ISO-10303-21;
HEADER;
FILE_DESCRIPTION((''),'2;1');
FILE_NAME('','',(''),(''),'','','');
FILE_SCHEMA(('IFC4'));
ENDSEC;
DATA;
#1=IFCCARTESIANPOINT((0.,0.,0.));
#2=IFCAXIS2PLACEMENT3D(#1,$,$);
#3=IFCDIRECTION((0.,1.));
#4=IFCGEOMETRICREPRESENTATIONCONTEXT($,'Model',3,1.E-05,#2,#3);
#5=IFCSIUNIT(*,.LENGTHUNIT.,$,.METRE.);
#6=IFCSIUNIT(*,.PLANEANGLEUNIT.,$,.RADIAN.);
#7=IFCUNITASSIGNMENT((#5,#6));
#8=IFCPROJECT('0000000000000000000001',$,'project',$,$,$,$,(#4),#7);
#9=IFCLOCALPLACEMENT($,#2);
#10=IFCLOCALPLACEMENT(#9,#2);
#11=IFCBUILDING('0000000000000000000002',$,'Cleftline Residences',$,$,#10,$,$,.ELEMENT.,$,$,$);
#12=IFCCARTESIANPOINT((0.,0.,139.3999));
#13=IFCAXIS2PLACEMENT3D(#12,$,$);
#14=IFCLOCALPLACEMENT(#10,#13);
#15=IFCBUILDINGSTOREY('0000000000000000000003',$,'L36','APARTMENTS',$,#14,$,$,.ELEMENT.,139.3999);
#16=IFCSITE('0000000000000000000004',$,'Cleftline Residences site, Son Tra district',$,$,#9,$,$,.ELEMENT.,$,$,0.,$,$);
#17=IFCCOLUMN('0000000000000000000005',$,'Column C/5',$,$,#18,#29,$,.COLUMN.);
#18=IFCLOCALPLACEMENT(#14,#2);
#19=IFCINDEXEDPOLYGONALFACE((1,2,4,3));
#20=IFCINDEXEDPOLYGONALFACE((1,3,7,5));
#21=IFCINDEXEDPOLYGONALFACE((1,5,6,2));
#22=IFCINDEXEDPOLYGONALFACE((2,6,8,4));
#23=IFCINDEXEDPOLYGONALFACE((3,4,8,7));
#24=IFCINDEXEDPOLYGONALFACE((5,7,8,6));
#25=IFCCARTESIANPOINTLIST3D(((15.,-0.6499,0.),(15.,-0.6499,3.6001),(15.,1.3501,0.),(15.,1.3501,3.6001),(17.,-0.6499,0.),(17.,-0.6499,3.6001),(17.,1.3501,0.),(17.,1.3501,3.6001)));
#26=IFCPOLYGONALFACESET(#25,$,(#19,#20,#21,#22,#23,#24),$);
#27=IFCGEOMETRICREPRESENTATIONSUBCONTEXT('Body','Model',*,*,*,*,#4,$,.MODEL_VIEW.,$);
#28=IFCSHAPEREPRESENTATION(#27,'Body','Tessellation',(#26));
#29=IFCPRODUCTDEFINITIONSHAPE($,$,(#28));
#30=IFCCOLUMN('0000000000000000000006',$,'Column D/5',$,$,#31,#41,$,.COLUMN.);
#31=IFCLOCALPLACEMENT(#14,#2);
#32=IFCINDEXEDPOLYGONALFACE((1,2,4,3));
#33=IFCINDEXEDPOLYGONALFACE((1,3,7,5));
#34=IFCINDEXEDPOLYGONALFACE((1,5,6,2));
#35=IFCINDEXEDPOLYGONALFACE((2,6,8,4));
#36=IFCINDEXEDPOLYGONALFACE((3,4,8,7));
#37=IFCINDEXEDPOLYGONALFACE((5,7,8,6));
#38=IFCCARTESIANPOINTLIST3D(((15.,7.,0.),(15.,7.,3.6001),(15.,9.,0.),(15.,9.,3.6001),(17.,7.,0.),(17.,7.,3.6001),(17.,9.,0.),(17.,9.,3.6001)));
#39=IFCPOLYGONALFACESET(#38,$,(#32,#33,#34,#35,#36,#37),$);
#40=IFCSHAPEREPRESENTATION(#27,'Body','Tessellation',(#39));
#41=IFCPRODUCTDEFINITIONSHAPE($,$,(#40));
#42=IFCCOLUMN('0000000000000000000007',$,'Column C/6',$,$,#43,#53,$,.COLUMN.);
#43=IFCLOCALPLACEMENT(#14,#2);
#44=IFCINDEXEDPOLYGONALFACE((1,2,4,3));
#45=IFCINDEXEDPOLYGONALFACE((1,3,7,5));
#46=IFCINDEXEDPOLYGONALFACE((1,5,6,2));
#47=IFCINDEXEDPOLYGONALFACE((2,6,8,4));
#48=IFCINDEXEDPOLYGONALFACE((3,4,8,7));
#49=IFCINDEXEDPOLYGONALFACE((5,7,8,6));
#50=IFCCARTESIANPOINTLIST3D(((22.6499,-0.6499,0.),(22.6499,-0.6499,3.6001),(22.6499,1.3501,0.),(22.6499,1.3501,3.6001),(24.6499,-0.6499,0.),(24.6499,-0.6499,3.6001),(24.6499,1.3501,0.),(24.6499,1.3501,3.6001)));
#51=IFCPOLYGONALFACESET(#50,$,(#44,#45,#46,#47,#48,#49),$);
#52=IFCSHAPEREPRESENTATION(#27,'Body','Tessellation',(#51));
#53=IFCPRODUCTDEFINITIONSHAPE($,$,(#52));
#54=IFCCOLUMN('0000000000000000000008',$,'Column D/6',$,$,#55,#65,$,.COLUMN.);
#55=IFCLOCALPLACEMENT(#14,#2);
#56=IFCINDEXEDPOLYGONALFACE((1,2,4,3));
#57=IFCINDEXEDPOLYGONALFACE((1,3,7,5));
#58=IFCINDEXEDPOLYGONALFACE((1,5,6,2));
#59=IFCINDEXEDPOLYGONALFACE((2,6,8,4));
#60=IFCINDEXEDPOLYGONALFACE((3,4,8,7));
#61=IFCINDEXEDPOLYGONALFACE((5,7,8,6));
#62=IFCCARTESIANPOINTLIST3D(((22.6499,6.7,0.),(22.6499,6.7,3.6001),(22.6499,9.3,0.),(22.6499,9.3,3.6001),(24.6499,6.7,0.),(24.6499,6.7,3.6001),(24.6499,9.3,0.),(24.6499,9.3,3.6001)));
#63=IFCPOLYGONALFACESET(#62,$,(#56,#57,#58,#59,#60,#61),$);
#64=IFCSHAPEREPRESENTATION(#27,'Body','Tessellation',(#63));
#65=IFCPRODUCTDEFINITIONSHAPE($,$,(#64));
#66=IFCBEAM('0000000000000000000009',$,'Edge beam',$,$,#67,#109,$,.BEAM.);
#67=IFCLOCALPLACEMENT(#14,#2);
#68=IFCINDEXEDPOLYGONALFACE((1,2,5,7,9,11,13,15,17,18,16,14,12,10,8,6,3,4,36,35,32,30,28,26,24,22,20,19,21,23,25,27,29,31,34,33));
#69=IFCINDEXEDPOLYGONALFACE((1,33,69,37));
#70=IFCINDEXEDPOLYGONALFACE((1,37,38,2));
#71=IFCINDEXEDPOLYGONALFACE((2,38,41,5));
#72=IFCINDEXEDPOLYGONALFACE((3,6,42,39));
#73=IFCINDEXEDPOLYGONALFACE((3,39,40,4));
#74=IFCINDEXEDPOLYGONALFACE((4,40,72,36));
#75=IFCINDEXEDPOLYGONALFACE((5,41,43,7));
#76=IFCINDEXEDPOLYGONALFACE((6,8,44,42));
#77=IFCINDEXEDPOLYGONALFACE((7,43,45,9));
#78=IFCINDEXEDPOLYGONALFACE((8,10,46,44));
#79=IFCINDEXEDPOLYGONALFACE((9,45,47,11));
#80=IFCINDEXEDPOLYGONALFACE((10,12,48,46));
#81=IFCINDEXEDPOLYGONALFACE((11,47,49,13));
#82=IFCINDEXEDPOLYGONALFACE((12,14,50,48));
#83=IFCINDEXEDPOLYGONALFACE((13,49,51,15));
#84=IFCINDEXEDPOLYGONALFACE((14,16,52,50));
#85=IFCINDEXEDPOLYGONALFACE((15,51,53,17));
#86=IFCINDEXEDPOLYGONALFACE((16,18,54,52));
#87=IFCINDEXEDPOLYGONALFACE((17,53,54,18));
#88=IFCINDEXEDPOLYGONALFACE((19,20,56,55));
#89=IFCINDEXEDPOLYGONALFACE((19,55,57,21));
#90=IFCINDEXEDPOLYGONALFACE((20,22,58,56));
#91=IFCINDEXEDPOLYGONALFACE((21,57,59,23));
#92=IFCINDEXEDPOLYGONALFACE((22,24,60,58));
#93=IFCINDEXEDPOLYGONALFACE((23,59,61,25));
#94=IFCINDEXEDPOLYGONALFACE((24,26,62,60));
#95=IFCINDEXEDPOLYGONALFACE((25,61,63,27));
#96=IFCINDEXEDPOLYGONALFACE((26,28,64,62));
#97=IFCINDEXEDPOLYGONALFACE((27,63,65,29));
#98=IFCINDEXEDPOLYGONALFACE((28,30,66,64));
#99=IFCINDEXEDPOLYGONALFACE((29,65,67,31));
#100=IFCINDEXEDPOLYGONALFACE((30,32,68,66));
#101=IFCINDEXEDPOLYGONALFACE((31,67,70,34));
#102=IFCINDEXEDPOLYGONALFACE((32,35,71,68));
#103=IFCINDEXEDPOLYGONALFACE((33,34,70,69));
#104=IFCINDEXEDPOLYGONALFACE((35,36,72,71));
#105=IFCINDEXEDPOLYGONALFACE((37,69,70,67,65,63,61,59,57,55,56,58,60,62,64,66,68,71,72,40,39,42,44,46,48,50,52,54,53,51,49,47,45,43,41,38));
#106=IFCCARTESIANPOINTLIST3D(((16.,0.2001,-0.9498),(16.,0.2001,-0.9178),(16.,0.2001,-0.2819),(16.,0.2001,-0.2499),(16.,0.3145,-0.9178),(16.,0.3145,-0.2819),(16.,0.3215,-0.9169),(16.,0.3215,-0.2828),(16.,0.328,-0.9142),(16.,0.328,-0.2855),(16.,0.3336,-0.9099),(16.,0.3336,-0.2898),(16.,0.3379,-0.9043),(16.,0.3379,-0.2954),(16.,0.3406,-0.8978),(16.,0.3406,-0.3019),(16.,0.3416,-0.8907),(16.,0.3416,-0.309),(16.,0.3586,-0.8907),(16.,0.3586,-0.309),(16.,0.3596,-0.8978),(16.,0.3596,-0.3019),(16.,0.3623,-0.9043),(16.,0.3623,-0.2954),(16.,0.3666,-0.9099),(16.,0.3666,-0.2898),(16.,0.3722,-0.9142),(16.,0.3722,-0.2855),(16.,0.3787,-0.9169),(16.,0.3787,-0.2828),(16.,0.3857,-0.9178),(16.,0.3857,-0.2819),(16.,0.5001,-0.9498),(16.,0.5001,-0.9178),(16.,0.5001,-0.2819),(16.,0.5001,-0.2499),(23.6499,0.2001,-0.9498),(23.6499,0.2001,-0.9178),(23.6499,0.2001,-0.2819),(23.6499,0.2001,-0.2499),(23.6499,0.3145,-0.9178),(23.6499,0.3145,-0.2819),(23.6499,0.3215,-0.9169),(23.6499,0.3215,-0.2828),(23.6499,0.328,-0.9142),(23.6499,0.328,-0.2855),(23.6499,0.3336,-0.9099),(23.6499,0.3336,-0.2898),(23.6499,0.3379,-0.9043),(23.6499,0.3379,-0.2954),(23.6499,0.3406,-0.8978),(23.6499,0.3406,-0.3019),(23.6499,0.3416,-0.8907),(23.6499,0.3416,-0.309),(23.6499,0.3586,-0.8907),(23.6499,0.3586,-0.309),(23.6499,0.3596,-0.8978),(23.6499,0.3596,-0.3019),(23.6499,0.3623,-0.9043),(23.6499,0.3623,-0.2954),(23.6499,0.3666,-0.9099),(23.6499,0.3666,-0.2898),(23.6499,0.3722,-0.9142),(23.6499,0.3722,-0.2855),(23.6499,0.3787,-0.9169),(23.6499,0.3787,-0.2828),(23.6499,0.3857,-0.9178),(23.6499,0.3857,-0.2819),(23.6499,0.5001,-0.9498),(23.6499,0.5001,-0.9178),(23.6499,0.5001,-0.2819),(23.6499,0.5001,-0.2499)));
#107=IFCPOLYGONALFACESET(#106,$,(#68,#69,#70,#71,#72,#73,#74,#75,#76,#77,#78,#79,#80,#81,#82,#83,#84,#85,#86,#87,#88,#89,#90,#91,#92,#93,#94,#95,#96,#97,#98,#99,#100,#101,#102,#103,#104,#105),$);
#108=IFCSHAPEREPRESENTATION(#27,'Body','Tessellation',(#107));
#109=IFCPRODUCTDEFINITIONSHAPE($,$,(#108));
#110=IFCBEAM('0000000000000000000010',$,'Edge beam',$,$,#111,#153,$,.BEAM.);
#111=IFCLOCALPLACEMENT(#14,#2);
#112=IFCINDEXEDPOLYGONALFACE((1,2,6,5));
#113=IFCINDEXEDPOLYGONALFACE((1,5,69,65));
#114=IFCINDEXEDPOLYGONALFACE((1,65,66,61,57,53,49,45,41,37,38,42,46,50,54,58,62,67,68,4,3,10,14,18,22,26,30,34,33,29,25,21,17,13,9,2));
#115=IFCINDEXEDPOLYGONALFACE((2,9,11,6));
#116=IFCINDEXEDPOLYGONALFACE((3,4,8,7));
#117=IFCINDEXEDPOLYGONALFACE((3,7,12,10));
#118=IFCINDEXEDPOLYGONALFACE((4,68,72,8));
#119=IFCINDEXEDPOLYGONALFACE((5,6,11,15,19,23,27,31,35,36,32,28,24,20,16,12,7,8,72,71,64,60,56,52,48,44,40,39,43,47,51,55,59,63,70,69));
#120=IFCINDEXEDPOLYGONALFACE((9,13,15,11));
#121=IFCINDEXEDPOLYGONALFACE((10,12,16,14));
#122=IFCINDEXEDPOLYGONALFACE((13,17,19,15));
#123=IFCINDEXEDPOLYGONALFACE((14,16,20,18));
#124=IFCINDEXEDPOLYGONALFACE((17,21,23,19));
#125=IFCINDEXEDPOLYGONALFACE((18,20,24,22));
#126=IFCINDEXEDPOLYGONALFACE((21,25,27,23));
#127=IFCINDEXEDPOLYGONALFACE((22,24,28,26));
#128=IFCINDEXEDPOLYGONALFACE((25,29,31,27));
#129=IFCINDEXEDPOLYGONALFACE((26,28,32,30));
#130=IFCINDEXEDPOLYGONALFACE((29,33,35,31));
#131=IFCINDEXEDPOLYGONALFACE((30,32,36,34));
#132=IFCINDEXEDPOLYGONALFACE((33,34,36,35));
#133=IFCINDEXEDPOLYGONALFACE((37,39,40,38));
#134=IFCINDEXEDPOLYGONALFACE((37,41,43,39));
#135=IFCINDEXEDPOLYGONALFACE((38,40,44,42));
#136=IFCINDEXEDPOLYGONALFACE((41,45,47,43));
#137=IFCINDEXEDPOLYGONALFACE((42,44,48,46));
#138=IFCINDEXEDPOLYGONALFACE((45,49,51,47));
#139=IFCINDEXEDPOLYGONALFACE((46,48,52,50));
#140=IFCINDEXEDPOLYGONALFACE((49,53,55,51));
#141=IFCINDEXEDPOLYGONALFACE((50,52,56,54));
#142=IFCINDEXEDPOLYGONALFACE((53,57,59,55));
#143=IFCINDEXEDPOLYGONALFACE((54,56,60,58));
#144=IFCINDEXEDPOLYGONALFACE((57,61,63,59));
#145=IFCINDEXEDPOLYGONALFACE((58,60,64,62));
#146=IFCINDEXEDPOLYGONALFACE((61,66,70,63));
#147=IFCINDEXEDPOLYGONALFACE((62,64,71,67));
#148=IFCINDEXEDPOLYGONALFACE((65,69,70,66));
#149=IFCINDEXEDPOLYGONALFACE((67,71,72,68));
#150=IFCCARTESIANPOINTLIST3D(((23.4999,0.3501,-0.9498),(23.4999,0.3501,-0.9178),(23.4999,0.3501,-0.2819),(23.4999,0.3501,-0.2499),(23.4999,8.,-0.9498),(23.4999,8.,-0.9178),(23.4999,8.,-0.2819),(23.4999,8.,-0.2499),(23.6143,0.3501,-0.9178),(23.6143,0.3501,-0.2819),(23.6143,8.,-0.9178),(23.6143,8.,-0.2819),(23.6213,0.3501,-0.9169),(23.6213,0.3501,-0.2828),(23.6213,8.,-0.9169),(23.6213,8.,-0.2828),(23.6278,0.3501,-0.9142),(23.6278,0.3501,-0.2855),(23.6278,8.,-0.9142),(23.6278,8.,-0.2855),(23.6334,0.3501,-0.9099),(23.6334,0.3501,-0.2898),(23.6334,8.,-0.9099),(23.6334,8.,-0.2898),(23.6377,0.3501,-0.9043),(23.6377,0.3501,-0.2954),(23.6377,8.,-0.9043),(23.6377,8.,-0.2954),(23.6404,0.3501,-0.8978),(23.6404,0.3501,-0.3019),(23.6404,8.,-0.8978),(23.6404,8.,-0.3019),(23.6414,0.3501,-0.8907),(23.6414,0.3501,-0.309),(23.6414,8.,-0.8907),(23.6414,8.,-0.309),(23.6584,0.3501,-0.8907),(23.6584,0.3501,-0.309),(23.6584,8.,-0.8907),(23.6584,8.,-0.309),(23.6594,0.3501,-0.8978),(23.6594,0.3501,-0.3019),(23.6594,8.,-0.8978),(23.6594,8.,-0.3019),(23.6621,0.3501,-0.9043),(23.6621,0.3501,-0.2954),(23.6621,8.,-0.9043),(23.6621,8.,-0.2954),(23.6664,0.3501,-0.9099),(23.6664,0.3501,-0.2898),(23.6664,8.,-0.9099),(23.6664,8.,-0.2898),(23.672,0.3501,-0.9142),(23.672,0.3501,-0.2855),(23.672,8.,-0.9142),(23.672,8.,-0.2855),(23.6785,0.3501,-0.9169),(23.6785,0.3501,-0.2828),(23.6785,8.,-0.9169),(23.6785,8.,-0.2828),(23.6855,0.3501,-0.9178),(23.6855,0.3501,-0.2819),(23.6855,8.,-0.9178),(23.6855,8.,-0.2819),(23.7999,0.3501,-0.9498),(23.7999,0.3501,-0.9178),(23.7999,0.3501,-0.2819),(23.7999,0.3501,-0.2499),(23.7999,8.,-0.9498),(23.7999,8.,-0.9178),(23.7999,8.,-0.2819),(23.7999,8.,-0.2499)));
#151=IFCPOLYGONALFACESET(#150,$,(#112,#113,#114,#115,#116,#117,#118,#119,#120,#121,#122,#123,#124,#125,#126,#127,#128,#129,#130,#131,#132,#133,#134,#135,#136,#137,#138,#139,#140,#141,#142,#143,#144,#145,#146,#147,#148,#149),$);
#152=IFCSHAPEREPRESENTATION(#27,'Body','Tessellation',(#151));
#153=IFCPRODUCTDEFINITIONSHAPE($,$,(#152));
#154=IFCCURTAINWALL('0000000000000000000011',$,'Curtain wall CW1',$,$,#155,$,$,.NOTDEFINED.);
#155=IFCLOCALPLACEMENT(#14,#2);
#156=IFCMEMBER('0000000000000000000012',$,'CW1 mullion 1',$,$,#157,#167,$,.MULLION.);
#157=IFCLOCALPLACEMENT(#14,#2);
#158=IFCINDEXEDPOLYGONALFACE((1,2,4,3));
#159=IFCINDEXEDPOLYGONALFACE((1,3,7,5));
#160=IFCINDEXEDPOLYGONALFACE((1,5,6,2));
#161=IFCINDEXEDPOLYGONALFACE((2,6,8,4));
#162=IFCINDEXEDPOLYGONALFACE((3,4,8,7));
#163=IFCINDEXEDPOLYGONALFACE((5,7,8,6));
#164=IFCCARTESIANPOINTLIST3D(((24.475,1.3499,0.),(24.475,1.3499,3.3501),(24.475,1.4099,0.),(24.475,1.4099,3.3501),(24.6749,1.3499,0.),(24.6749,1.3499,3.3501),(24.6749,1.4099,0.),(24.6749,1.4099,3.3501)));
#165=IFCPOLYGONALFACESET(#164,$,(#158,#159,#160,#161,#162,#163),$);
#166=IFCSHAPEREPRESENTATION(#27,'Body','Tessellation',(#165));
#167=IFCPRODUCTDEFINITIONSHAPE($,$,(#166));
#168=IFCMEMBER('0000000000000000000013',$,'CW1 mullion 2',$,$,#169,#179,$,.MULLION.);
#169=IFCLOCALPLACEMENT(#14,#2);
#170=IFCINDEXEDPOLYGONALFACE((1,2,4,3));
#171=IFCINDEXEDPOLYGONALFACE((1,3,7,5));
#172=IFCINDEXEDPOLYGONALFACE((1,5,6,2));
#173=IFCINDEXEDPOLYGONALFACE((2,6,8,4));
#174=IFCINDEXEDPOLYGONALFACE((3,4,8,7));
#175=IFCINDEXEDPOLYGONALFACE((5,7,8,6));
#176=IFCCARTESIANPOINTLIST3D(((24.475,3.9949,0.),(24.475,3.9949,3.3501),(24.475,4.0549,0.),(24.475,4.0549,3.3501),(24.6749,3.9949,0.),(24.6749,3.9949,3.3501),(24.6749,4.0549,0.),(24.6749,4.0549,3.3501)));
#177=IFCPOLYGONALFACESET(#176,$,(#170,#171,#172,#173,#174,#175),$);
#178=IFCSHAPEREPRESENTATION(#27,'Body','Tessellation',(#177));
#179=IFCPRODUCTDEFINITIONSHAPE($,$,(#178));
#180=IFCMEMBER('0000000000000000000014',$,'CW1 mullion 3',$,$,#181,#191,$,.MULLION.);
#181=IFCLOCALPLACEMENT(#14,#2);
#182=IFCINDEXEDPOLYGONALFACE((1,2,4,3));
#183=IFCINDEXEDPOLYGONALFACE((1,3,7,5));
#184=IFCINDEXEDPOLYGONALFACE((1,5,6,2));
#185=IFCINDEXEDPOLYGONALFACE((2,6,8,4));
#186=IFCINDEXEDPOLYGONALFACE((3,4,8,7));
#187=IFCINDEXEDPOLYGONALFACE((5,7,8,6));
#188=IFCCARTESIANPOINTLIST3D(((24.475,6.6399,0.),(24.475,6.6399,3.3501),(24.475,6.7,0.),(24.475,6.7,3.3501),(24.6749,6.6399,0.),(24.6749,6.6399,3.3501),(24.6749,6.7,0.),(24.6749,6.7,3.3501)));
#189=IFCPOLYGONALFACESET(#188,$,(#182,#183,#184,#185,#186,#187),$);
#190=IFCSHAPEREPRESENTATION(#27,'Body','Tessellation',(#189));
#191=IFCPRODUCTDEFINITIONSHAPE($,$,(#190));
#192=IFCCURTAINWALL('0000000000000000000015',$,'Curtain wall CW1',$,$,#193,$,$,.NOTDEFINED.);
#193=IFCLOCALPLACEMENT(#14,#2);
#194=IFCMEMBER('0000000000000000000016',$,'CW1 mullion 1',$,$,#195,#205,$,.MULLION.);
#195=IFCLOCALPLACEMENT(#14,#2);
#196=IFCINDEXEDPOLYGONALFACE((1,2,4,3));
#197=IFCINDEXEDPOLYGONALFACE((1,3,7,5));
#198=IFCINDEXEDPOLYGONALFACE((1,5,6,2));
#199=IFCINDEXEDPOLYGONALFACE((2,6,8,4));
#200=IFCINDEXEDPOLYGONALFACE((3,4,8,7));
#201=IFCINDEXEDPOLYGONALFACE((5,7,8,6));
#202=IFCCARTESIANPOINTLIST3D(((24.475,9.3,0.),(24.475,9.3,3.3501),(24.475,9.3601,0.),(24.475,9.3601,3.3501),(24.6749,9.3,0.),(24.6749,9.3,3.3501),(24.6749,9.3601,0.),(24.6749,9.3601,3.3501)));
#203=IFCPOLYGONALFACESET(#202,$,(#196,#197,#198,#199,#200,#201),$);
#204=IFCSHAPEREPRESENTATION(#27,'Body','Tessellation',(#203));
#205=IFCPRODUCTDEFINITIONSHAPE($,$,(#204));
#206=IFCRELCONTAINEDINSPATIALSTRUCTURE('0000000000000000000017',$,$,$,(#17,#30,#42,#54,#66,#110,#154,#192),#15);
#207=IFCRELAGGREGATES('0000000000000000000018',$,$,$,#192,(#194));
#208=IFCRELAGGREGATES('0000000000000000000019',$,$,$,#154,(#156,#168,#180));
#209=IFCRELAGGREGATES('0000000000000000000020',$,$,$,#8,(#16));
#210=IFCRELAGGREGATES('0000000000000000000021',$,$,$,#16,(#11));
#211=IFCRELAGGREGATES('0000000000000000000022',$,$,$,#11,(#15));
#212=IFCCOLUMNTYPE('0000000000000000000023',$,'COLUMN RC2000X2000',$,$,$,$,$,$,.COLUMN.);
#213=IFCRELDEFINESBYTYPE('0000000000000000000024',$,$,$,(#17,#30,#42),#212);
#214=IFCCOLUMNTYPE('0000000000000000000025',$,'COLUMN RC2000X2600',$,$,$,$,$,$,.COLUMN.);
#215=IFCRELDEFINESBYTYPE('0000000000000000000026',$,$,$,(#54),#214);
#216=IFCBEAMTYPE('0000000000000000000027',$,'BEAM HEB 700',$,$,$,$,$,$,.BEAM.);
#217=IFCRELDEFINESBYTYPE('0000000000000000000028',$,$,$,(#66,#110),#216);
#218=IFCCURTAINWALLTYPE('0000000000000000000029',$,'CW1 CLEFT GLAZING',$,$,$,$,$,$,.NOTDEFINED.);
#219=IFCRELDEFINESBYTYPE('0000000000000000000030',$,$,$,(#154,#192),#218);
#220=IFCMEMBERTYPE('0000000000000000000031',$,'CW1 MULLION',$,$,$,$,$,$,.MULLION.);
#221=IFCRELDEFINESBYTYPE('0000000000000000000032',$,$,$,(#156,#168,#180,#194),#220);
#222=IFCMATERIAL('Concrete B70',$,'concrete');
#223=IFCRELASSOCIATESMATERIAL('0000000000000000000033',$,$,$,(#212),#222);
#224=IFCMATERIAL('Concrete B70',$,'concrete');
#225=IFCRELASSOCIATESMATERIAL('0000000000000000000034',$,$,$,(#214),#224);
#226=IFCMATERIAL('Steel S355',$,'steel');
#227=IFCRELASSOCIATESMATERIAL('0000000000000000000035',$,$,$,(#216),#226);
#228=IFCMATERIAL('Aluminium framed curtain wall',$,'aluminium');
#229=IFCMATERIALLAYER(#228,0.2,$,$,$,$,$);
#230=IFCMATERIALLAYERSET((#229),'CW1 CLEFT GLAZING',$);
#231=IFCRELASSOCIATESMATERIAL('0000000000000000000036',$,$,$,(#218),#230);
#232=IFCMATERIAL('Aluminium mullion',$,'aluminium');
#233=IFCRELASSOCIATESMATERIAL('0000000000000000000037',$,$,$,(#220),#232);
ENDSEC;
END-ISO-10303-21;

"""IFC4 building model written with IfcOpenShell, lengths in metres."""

from ifc_helpers import new_model, si_unit, direction, frame, origin, origin_2d, place, context, subcontext, project, spatial, rectangle, i_section, extrude, material, layer, layer_set, material_profile, profile_set, type_object, element, aggregate, save


model = new_model("IFC4")

# Units and contexts
model_context = context("Model", 3, precision=1e-05, world=origin(), true_north=direction((0.0, 1.0)))
body_context = subcontext(model_context, "Body", "Model", "MODEL_VIEW")
ifc_project = project(units=[si_unit("LENGTHUNIT", "METRE"), si_unit("PLANEANGLEUNIT", "RADIAN")], contexts=[model_context])

# Site, building, storey
site_placement = place(None, origin())
site = spatial("IfcSite", under=ifc_project, at=site_placement, Name="Cleftline Residences site, Son Tra district", CompositionType="ELEMENT", RefElevation=0.0)
building_placement = place(site_placement, origin())
building = spatial("IfcBuilding", under=site, at=building_placement, Name="Cleftline Residences", CompositionType="ELEMENT")
storey_placement = place(building_placement, frame((0.0, 0.0, 139.3999)))
storey = spatial("IfcBuildingStorey", under=building, at=storey_placement, Name="L36", Description="APARTMENTS", CompositionType="ELEMENT", Elevation=139.3999)

# Columns
ifc_material_1 = material(Name="Concrete B70", Category="concrete")
ifc_material_profile_1 = material_profile(ifc_material_1, rectangle(XDim=2.0, YDim=2.0, at=origin_2d()))
ifc_profile_set_1 = profile_set([ifc_material_profile_1], Name="Concrete B70")
column_type_1 = type_object("IfcColumnType", Name="COLUMN RC2000X2000", PredefinedType="COLUMN", material=ifc_profile_set_1)
for number, where, z_axis, x_axis, name in (
    (1, (16.0, 0.3501, 0.0), (0.0, 0.0, 1.0), (1.0, 0.0, 0.0), "Column C/5"),
    (2, (16.0, 8.0, 0.0), (0.0, 0.0, 1.0), (1.0, 0.0, 0.0), "Column D/5"),
    (3, (23.6499, 0.3501, 0.0), (0.0, 0.0, 1.0), (1.0, 0.0, 0.0), "Column C/6"),
):
    element("IfcColumn", number, at=place(storey_placement, frame(where, z_axis=z_axis, x_axis=x_axis)), inside=storey, type_object=column_type_1, Name=name, PredefinedType="COLUMN", context=body_context, shape_type="SweptSolid", body=[
        extrude(rectangle(XDim=2.0, YDim=2.0, at=origin_2d()), origin(), (0.0, 0.0, 1.0), 3.6001),
    ])
ifc_material_2 = material(Name="Concrete B70", Category="concrete")
ifc_material_profile_2 = material_profile(ifc_material_2, rectangle(XDim=2.0, YDim=2.6001, at=origin_2d()))
ifc_profile_set_2 = profile_set([ifc_material_profile_2], Name="Concrete B70")
column_type_2 = type_object("IfcColumnType", Name="COLUMN RC2000X2600", PredefinedType="COLUMN", material=ifc_profile_set_2)
column_placement = place(storey_placement, frame((23.6499, 8.0, 0.0), z_axis=(0.0, 0.0, 1.0), x_axis=(1.0, 0.0, 0.0)))
element("IfcColumn", 4, at=column_placement, inside=storey, type_object=column_type_2, Name="Column D/6", PredefinedType="COLUMN", context=body_context, shape_type="SweptSolid", body=[
    extrude(rectangle(XDim=2.0, YDim=2.6001, at=origin_2d()), origin(), (0.0, 0.0, 1.0), 3.6001),
])

# Beams
ifc_material_3 = material(Name="Steel S355", Category="steel")
ifc_material_profile_3 = material_profile(ifc_material_3, i_section(OverallWidth=0.3, OverallDepth=0.7, WebThickness=0.0171, FlangeThickness=0.032, FilletRadius=0.0271, at=origin_2d()))
ifc_profile_set_3 = profile_set([ifc_material_profile_3], Name="Steel S355")
beam_type = type_object("IfcBeamType", Name="BEAM HEB 700", PredefinedType="BEAM", material=ifc_profile_set_3)
for number, where, z_axis, x_axis, name in (
    (5, (16.0, 0.3501, -0.5999), (1.0, 0.0, 0.0), (0.0, 1.0, 0.0), "Edge beam"),
    (6, (23.6499, 0.3501, -0.5999), (0.0, 1.0, 0.0), (-1.0, 0.0, 0.0), "Edge beam"),
):
    element("IfcBeam", number, at=place(storey_placement, frame(where, z_axis=z_axis, x_axis=x_axis)), inside=storey, type_object=beam_type, Name=name, PredefinedType="BEAM", context=body_context, shape_type="SweptSolid", body=[
        extrude(i_section(OverallWidth=0.3, OverallDepth=0.7, WebThickness=0.0171, FlangeThickness=0.032, FilletRadius=0.0271, at=origin_2d()), origin(), (0.0, 0.0, 1.0), 7.6499),
    ])

# Curtain wall, members
ifc_material_4 = material(Name="Aluminium framed curtain wall", Category="aluminium")
ifc_layer_1 = layer(ifc_material_4, 0.2)
ifc_layer_set_1 = layer_set([ifc_layer_1], Name="CW1 CLEFT GLAZING")
curtain_wall_type = type_object("IfcCurtainWallType", Name="CW1 CLEFT GLAZING", PredefinedType="NOTDEFINED", material=ifc_layer_set_1)
curtain_wall_1_placement = place(storey_placement, origin())
curtain_wall_1 = element("IfcCurtainWall", 7, at=curtain_wall_1_placement, inside=storey, type_object=curtain_wall_type, Name="Curtain wall CW1", PredefinedType="NOTDEFINED")
ifc_material_5 = material(Name="Aluminium mullion", Category="aluminium")
ifc_material_profile_4 = material_profile(ifc_material_5, rectangle(XDim=0.2, YDim=0.0601, at=origin_2d()))
ifc_profile_set_4 = profile_set([ifc_material_profile_4], Name="Aluminium mullion")
member_type_1 = type_object("IfcMemberType", Name="CW1 MULLION", PredefinedType="MULLION", material=ifc_profile_set_4)
member_1_placement = place(storey_placement, frame((24.575, 1.3799, 0.0), z_axis=(0.0, 0.0, 1.0), x_axis=(-1.0, 0.0, 0.0)))
member_1 = element("IfcMember", 8, at=member_1_placement, type_object=member_type_1, Name="CW1 mullion 1", PredefinedType="MULLION", context=body_context, shape_type="SweptSolid", body=[
    extrude(rectangle(XDim=0.2, YDim=0.0601, at=origin_2d()), origin(), (0.0, 0.0, 1.0), 3.3501),
])
member_2_placement = place(storey_placement, frame((24.575, 4.0249, 0.0), z_axis=(0.0, 0.0, 1.0), x_axis=(-1.0, 0.0, 0.0)))
member_2 = element("IfcMember", 9, at=member_2_placement, type_object=member_type_1, Name="CW1 mullion 2", PredefinedType="MULLION", context=body_context, shape_type="SweptSolid", body=[
    extrude(rectangle(XDim=0.2, YDim=0.0601, at=origin_2d()), origin(), (0.0, 0.0, 1.0), 3.3501),
])
member_3_placement = place(storey_placement, frame((24.575, 6.6699, 0.0), z_axis=(0.0, 0.0, 1.0), x_axis=(-1.0, 0.0, 0.0)))
member_3 = element("IfcMember", 10, at=member_3_placement, type_object=member_type_1, Name="CW1 mullion 3", PredefinedType="MULLION", context=body_context, shape_type="SweptSolid", body=[
    extrude(rectangle(XDim=0.2, YDim=0.0601, at=origin_2d()), origin(), (0.0, 0.0, 1.0), 3.3501),
])

# Curtain wall, member
curtain_wall_2_placement = place(storey_placement, origin())
curtain_wall_2 = element("IfcCurtainWall", 11, at=curtain_wall_2_placement, inside=storey, type_object=curtain_wall_type, Name="Curtain wall CW1", PredefinedType="NOTDEFINED")
member_4_placement = place(storey_placement, frame((24.575, 9.3301, 0.0), z_axis=(0.0, 0.0, 1.0), x_axis=(-1.0, 0.0, 0.0)))
member_4 = element("IfcMember", 12, at=member_4_placement, type_object=member_type_1, Name="CW1 mullion 1", PredefinedType="MULLION", context=body_context, shape_type="SweptSolid", body=[
    extrude(rectangle(XDim=0.2, YDim=0.0601, at=origin_2d()), origin(), (0.0, 0.0, 1.0), 3.3501),
])

aggregate(curtain_wall_2, [member_4])

aggregate(curtain_wall_1, [member_1, member_2, member_3])

save(model, "model.ifc")
